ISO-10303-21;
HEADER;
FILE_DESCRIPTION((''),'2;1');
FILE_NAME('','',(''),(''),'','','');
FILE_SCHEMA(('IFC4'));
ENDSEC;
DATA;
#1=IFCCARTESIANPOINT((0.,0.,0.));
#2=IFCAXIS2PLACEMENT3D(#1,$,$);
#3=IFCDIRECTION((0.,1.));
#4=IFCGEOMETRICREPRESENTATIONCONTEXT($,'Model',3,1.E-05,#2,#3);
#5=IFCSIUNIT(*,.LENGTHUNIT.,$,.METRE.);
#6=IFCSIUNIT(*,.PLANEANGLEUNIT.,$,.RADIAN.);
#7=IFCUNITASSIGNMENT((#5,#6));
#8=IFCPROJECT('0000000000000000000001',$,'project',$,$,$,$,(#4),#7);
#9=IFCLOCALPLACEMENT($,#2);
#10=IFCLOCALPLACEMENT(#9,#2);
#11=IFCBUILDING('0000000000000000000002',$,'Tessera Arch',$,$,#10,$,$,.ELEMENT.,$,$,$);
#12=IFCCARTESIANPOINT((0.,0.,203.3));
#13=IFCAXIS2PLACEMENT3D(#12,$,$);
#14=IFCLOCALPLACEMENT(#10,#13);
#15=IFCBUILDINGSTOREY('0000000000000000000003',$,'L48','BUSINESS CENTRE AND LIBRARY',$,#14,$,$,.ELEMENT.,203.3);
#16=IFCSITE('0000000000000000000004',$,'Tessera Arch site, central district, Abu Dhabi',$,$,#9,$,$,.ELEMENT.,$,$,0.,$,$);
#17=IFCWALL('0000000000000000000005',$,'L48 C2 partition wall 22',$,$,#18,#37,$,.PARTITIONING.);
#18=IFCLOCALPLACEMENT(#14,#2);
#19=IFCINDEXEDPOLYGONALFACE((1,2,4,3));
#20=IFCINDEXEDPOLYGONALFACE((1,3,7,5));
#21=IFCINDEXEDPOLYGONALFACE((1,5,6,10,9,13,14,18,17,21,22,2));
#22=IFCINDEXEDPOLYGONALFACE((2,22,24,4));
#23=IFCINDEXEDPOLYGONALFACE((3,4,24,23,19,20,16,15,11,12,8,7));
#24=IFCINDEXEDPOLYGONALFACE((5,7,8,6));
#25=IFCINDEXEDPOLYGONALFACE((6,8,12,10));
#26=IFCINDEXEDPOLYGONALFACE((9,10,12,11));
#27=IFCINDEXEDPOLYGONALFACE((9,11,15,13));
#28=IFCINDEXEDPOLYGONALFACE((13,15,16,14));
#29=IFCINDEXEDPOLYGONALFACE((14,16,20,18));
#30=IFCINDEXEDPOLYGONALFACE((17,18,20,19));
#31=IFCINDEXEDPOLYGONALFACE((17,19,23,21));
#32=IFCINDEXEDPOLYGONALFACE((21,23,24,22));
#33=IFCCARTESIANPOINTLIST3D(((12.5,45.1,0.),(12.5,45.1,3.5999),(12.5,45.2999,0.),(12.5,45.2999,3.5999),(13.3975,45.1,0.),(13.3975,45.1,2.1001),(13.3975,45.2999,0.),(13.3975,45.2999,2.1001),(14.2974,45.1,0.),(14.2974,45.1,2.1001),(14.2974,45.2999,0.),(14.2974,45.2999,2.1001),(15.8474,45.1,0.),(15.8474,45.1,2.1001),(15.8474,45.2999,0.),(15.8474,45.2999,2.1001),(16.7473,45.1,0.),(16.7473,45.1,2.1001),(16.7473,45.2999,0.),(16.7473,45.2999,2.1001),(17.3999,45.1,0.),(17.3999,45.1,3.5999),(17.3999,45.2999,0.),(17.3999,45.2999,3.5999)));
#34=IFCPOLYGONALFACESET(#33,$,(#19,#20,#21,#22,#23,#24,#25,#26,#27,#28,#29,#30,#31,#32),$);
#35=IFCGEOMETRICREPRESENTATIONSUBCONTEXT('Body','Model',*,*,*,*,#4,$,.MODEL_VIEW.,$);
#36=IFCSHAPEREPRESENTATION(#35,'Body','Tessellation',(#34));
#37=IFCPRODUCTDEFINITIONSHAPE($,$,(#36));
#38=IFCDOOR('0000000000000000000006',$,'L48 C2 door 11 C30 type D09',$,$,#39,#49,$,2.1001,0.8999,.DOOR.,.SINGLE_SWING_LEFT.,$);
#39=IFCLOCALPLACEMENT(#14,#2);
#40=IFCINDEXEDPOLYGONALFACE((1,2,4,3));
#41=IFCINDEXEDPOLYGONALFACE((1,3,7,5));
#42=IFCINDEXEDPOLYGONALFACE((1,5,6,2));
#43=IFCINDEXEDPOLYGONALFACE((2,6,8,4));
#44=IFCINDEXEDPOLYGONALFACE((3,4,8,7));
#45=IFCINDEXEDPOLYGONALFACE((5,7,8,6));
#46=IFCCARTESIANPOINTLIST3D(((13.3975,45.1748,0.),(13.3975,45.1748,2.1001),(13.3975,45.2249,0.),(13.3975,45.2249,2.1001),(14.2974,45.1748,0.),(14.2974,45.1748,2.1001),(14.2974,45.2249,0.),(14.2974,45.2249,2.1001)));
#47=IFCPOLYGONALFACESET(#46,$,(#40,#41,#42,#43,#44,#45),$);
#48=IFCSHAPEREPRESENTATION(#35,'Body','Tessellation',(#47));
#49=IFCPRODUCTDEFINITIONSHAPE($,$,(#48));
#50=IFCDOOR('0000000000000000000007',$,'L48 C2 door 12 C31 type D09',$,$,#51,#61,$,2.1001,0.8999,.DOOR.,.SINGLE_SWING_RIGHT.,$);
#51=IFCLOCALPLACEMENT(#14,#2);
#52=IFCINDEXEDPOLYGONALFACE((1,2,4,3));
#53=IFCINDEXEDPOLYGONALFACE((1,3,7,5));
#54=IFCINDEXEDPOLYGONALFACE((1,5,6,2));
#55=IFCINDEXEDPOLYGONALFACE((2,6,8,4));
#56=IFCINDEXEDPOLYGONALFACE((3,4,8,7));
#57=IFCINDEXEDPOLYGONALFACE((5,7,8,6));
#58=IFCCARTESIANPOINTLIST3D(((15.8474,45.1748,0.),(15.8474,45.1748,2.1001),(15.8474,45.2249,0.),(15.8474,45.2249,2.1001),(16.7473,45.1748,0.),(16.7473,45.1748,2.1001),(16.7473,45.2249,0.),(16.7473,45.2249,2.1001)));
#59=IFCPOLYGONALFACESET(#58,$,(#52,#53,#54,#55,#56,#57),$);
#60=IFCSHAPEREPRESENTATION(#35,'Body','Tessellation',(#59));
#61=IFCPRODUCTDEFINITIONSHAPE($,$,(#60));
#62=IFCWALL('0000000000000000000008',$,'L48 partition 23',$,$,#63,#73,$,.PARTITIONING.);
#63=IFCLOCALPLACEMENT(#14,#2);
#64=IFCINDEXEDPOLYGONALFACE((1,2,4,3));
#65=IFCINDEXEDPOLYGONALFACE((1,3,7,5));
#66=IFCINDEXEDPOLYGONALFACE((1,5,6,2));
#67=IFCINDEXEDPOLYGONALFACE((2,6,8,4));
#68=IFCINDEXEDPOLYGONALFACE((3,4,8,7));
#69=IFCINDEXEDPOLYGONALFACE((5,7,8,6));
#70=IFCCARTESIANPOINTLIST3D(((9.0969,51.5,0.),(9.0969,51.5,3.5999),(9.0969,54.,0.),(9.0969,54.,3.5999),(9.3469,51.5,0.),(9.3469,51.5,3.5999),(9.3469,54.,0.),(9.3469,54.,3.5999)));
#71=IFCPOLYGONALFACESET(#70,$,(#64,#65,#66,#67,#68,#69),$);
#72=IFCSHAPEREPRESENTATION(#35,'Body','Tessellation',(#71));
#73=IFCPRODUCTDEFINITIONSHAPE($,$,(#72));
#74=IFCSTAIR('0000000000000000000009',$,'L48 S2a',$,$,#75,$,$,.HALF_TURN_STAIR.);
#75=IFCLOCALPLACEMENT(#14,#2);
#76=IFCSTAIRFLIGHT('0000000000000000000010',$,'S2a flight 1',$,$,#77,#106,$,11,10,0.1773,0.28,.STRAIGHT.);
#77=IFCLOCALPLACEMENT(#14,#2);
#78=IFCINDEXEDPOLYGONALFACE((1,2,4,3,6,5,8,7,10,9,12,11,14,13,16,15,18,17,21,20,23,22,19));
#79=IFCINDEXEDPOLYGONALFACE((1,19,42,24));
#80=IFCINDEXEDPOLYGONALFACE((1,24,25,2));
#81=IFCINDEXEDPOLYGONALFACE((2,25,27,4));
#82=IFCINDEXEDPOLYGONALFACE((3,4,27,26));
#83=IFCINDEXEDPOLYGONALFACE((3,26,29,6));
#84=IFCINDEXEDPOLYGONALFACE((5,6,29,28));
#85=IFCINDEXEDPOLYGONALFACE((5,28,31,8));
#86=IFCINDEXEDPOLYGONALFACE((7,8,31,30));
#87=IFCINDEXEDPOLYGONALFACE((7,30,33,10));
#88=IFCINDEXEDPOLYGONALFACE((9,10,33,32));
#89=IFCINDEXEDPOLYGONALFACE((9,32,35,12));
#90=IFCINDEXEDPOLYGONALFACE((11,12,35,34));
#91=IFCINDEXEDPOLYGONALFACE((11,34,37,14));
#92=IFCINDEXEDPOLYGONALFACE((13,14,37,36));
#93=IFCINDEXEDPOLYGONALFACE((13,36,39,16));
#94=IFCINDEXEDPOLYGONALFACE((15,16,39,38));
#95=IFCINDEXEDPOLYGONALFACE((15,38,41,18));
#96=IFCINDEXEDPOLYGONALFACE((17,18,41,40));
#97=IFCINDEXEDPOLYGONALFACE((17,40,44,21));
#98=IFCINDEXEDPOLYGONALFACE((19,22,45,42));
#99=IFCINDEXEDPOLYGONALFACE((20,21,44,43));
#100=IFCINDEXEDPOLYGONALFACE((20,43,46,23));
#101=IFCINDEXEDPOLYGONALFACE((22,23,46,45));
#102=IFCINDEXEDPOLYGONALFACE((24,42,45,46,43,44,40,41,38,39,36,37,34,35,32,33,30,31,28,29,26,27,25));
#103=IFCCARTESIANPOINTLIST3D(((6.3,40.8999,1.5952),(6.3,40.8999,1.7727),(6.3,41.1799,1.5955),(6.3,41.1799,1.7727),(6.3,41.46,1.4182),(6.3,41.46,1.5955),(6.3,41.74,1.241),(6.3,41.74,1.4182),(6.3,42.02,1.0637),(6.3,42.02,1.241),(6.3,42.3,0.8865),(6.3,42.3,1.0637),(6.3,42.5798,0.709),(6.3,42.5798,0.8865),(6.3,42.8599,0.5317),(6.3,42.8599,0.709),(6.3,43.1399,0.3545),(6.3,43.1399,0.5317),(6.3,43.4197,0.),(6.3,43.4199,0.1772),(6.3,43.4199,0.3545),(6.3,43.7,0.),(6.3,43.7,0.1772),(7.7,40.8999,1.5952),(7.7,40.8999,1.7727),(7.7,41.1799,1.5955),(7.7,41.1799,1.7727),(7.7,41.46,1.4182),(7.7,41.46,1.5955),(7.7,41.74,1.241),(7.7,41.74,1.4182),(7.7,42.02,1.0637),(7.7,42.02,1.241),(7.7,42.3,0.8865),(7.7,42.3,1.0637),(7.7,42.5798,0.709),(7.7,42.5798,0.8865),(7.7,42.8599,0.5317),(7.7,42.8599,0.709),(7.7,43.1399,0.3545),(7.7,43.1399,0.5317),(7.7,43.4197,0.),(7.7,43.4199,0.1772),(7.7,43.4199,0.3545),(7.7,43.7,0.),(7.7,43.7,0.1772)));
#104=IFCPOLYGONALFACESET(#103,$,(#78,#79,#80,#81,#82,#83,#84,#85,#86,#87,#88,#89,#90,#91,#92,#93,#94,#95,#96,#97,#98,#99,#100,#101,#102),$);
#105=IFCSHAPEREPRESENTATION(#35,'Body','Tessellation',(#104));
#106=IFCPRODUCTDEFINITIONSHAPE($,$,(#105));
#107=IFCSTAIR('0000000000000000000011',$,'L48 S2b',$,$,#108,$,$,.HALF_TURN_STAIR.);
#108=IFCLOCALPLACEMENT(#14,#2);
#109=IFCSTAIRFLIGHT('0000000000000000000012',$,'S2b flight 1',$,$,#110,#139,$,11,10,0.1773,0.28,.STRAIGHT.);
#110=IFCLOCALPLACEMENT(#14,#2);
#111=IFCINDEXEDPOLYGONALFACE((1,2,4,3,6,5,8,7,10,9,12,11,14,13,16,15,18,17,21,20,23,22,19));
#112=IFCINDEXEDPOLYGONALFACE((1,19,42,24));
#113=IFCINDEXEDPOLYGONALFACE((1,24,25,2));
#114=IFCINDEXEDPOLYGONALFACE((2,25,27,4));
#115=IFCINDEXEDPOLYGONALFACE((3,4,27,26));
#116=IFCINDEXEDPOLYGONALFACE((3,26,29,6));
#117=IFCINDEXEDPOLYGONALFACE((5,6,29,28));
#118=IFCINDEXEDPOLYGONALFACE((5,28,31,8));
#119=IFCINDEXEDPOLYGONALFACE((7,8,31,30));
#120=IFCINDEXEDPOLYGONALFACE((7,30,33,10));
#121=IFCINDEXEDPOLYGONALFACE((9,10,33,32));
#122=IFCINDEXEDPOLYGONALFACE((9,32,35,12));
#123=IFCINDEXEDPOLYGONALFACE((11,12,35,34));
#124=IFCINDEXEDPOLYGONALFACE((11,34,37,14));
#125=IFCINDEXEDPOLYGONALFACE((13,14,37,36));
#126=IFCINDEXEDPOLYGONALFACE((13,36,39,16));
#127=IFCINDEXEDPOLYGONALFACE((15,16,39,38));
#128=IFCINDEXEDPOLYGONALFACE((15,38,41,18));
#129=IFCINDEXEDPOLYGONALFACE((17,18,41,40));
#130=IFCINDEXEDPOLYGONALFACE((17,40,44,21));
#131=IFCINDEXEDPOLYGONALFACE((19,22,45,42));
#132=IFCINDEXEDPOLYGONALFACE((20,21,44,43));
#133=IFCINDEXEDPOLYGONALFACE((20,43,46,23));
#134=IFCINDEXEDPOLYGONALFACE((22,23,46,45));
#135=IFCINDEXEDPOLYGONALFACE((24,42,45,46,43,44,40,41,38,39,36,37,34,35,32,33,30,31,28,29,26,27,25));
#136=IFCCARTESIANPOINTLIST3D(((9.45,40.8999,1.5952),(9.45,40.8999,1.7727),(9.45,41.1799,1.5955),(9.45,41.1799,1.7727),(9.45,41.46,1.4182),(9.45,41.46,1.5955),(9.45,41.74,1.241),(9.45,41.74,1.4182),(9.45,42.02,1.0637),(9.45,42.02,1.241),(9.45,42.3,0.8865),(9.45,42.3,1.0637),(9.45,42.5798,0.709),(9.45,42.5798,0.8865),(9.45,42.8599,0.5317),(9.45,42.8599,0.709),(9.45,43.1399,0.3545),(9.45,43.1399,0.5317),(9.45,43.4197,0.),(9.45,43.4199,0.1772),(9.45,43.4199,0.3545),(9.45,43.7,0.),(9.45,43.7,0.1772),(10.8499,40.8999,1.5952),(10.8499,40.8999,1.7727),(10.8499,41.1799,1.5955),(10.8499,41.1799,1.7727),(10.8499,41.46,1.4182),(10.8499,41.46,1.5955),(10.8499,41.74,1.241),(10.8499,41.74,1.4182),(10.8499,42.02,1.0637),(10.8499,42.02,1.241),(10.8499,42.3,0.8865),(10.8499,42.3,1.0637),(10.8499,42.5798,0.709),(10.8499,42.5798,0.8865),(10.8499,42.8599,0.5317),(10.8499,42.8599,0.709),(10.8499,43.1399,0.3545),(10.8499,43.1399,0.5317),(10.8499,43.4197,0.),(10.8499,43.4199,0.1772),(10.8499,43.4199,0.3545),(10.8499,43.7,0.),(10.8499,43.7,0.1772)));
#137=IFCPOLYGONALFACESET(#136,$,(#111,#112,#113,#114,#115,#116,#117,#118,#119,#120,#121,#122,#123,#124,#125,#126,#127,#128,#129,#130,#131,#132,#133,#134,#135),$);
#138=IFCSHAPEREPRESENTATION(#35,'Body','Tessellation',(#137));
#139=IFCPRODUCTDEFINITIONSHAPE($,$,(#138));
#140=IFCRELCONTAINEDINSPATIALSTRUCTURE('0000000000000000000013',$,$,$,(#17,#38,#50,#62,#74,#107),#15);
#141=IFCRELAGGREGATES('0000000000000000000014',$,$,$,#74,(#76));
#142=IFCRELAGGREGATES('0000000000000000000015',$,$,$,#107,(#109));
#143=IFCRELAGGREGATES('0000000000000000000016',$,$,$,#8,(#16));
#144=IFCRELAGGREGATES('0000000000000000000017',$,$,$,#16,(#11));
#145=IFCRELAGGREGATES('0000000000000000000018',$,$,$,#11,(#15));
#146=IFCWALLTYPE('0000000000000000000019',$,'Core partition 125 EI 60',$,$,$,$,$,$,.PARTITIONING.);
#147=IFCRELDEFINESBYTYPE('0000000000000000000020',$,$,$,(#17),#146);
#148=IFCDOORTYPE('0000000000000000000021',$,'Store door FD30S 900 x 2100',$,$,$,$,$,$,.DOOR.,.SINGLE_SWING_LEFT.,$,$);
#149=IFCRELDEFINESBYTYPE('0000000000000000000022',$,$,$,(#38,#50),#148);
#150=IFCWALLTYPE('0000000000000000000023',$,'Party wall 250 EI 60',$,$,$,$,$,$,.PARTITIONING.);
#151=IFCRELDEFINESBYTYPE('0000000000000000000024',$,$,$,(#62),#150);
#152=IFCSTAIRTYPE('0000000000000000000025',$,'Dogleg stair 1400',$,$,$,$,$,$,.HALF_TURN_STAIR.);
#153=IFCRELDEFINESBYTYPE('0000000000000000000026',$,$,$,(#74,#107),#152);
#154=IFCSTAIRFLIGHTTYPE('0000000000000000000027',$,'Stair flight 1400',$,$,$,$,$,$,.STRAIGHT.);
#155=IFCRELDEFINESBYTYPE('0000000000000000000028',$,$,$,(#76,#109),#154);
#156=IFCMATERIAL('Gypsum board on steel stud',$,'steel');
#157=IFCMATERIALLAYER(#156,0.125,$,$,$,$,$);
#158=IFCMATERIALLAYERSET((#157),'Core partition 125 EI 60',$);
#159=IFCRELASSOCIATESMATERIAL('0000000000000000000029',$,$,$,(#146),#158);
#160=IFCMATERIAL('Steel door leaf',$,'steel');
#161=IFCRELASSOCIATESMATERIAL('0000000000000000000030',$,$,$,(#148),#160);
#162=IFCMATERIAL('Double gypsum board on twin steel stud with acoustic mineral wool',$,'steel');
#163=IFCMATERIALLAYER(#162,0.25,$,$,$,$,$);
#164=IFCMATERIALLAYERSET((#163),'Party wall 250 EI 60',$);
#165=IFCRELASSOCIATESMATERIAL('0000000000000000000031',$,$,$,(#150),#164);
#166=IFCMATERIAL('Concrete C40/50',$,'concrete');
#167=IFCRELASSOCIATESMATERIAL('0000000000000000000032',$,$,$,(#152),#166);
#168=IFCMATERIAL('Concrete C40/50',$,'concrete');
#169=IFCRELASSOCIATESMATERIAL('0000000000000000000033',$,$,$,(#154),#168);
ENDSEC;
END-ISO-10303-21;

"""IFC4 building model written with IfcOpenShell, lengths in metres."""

from ifc_helpers import new_model, si_unit, direction, frame, frame_2d, origin, place, context, subcontext, project, spatial, polyline, rectangle, outline, extrude, material, layer, layer_set, type_object, element, fill, aggregate, save


model = new_model("IFC4")

# Units and contexts
model_context = context("Model", 3, precision=1e-05, world=origin(), true_north=direction((0.0, 1.0)))
body_context = subcontext(model_context, "Body", "Model", "MODEL_VIEW")
ifc_project = project(units=[si_unit("LENGTHUNIT", "METRE"), si_unit("PLANEANGLEUNIT", "RADIAN")], contexts=[model_context])

# Site, building, storey
site_placement = place(None, origin())
site = spatial("IfcSite", under=ifc_project, at=site_placement, Name="Tessera Arch site, central district, Abu Dhabi", CompositionType="ELEMENT", RefElevation=0.0)
building_placement = place(site_placement, origin())
building = spatial("IfcBuilding", under=site, at=building_placement, Name="Tessera Arch", CompositionType="ELEMENT")
storey_placement = place(building_placement, frame((0.0, 0.0, 203.3)))
storey = spatial("IfcBuildingStorey", under=building, at=storey_placement, Name="L48", Description="BUSINESS CENTRE AND LIBRARY", CompositionType="ELEMENT", Elevation=203.3)

# Wall, openings, doors
ifc_material_1 = material(Name="Gypsum board on steel stud", Category="steel")
ifc_layer_1 = layer(ifc_material_1, 0.125)
ifc_layer_set_1 = layer_set([ifc_layer_1], Name="Core partition 125 EI 60")
wall_type_1 = type_object("IfcWallType", Name="Core partition 125 EI 60", PredefinedType="PARTITIONING", material=ifc_layer_set_1)
wall_1_placement = place(storey_placement, frame((12.5, 45.2, 0.0), z_axis=(0.0, 0.0, 1.0), x_axis=(1.0, 0.0, 0.0)))
wall_1 = element("IfcWall", 1, at=wall_1_placement, inside=storey, type_object=wall_type_1, Name="L48 C2 partition wall 22", PredefinedType="PARTITIONING", context=body_context, shape_type="SweptSolid", body=[
    extrude(rectangle(XDim=4.8999, YDim=0.2, at=frame_2d((2.45, 0.0))), origin(), (0.0, 0.0, 1.0), 3.5999),
])
opening_1_placement = place(wall_1_placement, frame((0.8975, 0.0, 0.0)))
opening_1 = element("IfcOpeningElement", 2, at=opening_1_placement, cuts=wall_1, PredefinedType="OPENING", context=body_context, shape_type="SweptSolid", body=[
    extrude(rectangle(XDim=0.8999, YDim=2.1001, at=frame_2d((0.45, 1.05))), frame((0.0, 0.1099, 0.0), z_axis=(0.0, -1.0, 0.0), x_axis=(1.0, 0.0, 0.0)), (0.0, 0.0, 1.0), 0.22),
])
opening_2_placement = place(wall_1_placement, frame((3.3474, 0.0, 0.0)))
opening_2 = element("IfcOpeningElement", 3, at=opening_2_placement, cuts=wall_1, PredefinedType="OPENING", context=body_context, shape_type="SweptSolid", body=[
    extrude(rectangle(XDim=0.8999, YDim=2.1001, at=frame_2d((0.45, 1.05))), frame((0.0, 0.1099, 0.0), z_axis=(0.0, -1.0, 0.0), x_axis=(1.0, 0.0, 0.0)), (0.0, 0.0, 1.0), 0.22),
])
ifc_material_2 = material(Name="Steel door leaf", Category="steel")
door_type = type_object("IfcDoorType", Name="Store door FD30S 900 x 2100", OperationType="SINGLE_SWING_LEFT", PredefinedType="DOOR", material=ifc_material_2)
door_1_placement = place(opening_1_placement, origin())
door_1 = element("IfcDoor", 4, at=door_1_placement, inside=storey, type_object=door_type, Name="L48 C2 door 11 C30 type D09", OperationType="SINGLE_SWING_LEFT", OverallHeight=2.1001, OverallWidth=0.8999, PredefinedType="DOOR", context=body_context, shape_type="SweptSolid", body=[
    extrude(rectangle(XDim=0.8999, YDim=2.1001, at=frame_2d((0.45, 1.05))), frame((0.0, 0.0249, 0.0), z_axis=(0.0, -1.0, 0.0), x_axis=(1.0, 0.0, 0.0)), (0.0, 0.0, 1.0), 0.05),
])
fill(opening_1, door_1)
door_2_placement = place(opening_2_placement, origin())
door_2 = element("IfcDoor", 5, at=door_2_placement, inside=storey, type_object=door_type, Name="L48 C2 door 12 C31 type D09", OperationType="SINGLE_SWING_RIGHT", OverallHeight=2.1001, OverallWidth=0.8999, PredefinedType="DOOR", context=body_context, shape_type="SweptSolid", body=[
    extrude(rectangle(XDim=0.8999, YDim=2.1001, at=frame_2d((0.45, 1.05))), frame((0.0, 0.0249, 0.0), z_axis=(0.0, -1.0, 0.0), x_axis=(1.0, 0.0, 0.0)), (0.0, 0.0, 1.0), 0.05),
])
fill(opening_2, door_2)

# Wall
ifc_material_3 = material(Name="Double gypsum board on twin steel stud with acoustic mineral wool", Category="steel")
ifc_layer_2 = layer(ifc_material_3, 0.25)
ifc_layer_set_2 = layer_set([ifc_layer_2], Name="Party wall 250 EI 60")
wall_type_2 = type_object("IfcWallType", Name="Party wall 250 EI 60", PredefinedType="PARTITIONING", material=ifc_layer_set_2)
wall_2_placement = place(storey_placement, frame((9.2219, 51.5, 0.0), z_axis=(0.0, 0.0, 1.0), x_axis=(0.0, 1.0, 0.0)))
element("IfcWall", 6, at=wall_2_placement, inside=storey, type_object=wall_type_2, Name="L48 partition 23", PredefinedType="PARTITIONING", context=body_context, shape_type="SweptSolid", body=[
    extrude(rectangle(XDim=2.5, YDim=0.25, at=frame_2d((1.25, 0.0))), origin(), (0.0, 0.0, 1.0), 3.5999),
])

# Stairs, stair flights
ifc_material_4 = material(Name="Concrete C40/50", Category="concrete")
stair_type = type_object("IfcStairType", Name="Dogleg stair 1400", PredefinedType="HALF_TURN_STAIR", material=ifc_material_4)
stair_1_placement = place(storey_placement, origin())
stair_1 = element("IfcStair", 7, at=stair_1_placement, inside=storey, type_object=stair_type, Name="L48 S2a", PredefinedType="HALF_TURN_STAIR")
ifc_material_5 = material(Name="Concrete C40/50", Category="concrete")
stair_flight_type = type_object("IfcStairFlightType", Name="Stair flight 1400", PredefinedType="STRAIGHT", material=ifc_material_5)
stair_flight_1_placement = place(storey_placement, frame((7.0, 43.7, 0.0), z_axis=(0.0, 0.0, 1.0), x_axis=(0.0, -1.0, 0.0)))
stair_flight_1 = element("IfcStairFlight", 8, at=stair_flight_1_placement, type_object=stair_flight_type, Name="S2a flight 1", NumberOfRisers=11, NumberOfTreads=10, PredefinedType="STRAIGHT", RiserHeight=0.1773, TreadLength=0.28, context=body_context, shape_type="SweptSolid", body=[
    extrude(outline(polyline([(0.0, 0.0), (0.0, 0.1772), (0.28, 0.1772), (0.28, 0.3545), (0.5601, 0.3545), (0.5601, 0.5317), (0.8401, 0.5317), (0.8401, 0.709), (1.1201, 0.709), (1.1201, 0.8865), (1.3999, 0.8865), (1.3999, 1.0637), (1.6799, 1.0637), (1.6799, 1.241), (1.96, 1.241), (1.96, 1.4182), (2.24, 1.4182), (2.24, 1.5955), (2.52, 1.5955), (2.52, 1.7727), (2.8, 1.7727), (2.8, 1.95), (2.8, 1.5952), (0.2803, 0.0), (0.0, 0.0)])), frame((0.0, 0.7, 0.0), z_axis=(0.0, -1.0, 0.0), x_axis=(1.0, 0.0, 0.0)), (0.0, 0.0, 1.0), 1.3999),
])
aggregate(stair_1, [stair_flight_1])
stair_2_placement = place(storey_placement, origin())
stair_2 = element("IfcStair", 9, at=stair_2_placement, inside=storey, type_object=stair_type, Name="L48 S2b", PredefinedType="HALF_TURN_STAIR")
stair_flight_2_placement = place(storey_placement, frame((10.1499, 43.7, 0.0), z_axis=(0.0, 0.0, 1.0), x_axis=(0.0, -1.0, 0.0)))
stair_flight_2 = element("IfcStairFlight", 10, at=stair_flight_2_placement, type_object=stair_flight_type, Name="S2b flight 1", NumberOfRisers=11, NumberOfTreads=10, PredefinedType="STRAIGHT", RiserHeight=0.1773, TreadLength=0.28, context=body_context, shape_type="SweptSolid", body=[
    extrude(outline(polyline([(0.0, 0.0), (0.0, 0.1772), (0.28, 0.1772), (0.28, 0.3545), (0.5601, 0.3545), (0.5601, 0.5317), (0.8401, 0.5317), (0.8401, 0.709), (1.1201, 0.709), (1.1201, 0.8865), (1.3999, 0.8865), (1.3999, 1.0637), (1.6799, 1.0637), (1.6799, 1.241), (1.96, 1.241), (1.96, 1.4182), (2.24, 1.4182), (2.24, 1.5955), (2.52, 1.5955), (2.52, 1.7727), (2.8, 1.7727), (2.8, 1.95), (2.8, 1.5952), (0.2803, 0.0), (0.0, 0.0)])), frame((0.0, 0.7, 0.0), z_axis=(0.0, -1.0, 0.0), x_axis=(1.0, 0.0, 0.0)), (0.0, 0.0, 1.0), 1.3999),
])
aggregate(stair_2, [stair_flight_2])

save(model, "model.ifc")
